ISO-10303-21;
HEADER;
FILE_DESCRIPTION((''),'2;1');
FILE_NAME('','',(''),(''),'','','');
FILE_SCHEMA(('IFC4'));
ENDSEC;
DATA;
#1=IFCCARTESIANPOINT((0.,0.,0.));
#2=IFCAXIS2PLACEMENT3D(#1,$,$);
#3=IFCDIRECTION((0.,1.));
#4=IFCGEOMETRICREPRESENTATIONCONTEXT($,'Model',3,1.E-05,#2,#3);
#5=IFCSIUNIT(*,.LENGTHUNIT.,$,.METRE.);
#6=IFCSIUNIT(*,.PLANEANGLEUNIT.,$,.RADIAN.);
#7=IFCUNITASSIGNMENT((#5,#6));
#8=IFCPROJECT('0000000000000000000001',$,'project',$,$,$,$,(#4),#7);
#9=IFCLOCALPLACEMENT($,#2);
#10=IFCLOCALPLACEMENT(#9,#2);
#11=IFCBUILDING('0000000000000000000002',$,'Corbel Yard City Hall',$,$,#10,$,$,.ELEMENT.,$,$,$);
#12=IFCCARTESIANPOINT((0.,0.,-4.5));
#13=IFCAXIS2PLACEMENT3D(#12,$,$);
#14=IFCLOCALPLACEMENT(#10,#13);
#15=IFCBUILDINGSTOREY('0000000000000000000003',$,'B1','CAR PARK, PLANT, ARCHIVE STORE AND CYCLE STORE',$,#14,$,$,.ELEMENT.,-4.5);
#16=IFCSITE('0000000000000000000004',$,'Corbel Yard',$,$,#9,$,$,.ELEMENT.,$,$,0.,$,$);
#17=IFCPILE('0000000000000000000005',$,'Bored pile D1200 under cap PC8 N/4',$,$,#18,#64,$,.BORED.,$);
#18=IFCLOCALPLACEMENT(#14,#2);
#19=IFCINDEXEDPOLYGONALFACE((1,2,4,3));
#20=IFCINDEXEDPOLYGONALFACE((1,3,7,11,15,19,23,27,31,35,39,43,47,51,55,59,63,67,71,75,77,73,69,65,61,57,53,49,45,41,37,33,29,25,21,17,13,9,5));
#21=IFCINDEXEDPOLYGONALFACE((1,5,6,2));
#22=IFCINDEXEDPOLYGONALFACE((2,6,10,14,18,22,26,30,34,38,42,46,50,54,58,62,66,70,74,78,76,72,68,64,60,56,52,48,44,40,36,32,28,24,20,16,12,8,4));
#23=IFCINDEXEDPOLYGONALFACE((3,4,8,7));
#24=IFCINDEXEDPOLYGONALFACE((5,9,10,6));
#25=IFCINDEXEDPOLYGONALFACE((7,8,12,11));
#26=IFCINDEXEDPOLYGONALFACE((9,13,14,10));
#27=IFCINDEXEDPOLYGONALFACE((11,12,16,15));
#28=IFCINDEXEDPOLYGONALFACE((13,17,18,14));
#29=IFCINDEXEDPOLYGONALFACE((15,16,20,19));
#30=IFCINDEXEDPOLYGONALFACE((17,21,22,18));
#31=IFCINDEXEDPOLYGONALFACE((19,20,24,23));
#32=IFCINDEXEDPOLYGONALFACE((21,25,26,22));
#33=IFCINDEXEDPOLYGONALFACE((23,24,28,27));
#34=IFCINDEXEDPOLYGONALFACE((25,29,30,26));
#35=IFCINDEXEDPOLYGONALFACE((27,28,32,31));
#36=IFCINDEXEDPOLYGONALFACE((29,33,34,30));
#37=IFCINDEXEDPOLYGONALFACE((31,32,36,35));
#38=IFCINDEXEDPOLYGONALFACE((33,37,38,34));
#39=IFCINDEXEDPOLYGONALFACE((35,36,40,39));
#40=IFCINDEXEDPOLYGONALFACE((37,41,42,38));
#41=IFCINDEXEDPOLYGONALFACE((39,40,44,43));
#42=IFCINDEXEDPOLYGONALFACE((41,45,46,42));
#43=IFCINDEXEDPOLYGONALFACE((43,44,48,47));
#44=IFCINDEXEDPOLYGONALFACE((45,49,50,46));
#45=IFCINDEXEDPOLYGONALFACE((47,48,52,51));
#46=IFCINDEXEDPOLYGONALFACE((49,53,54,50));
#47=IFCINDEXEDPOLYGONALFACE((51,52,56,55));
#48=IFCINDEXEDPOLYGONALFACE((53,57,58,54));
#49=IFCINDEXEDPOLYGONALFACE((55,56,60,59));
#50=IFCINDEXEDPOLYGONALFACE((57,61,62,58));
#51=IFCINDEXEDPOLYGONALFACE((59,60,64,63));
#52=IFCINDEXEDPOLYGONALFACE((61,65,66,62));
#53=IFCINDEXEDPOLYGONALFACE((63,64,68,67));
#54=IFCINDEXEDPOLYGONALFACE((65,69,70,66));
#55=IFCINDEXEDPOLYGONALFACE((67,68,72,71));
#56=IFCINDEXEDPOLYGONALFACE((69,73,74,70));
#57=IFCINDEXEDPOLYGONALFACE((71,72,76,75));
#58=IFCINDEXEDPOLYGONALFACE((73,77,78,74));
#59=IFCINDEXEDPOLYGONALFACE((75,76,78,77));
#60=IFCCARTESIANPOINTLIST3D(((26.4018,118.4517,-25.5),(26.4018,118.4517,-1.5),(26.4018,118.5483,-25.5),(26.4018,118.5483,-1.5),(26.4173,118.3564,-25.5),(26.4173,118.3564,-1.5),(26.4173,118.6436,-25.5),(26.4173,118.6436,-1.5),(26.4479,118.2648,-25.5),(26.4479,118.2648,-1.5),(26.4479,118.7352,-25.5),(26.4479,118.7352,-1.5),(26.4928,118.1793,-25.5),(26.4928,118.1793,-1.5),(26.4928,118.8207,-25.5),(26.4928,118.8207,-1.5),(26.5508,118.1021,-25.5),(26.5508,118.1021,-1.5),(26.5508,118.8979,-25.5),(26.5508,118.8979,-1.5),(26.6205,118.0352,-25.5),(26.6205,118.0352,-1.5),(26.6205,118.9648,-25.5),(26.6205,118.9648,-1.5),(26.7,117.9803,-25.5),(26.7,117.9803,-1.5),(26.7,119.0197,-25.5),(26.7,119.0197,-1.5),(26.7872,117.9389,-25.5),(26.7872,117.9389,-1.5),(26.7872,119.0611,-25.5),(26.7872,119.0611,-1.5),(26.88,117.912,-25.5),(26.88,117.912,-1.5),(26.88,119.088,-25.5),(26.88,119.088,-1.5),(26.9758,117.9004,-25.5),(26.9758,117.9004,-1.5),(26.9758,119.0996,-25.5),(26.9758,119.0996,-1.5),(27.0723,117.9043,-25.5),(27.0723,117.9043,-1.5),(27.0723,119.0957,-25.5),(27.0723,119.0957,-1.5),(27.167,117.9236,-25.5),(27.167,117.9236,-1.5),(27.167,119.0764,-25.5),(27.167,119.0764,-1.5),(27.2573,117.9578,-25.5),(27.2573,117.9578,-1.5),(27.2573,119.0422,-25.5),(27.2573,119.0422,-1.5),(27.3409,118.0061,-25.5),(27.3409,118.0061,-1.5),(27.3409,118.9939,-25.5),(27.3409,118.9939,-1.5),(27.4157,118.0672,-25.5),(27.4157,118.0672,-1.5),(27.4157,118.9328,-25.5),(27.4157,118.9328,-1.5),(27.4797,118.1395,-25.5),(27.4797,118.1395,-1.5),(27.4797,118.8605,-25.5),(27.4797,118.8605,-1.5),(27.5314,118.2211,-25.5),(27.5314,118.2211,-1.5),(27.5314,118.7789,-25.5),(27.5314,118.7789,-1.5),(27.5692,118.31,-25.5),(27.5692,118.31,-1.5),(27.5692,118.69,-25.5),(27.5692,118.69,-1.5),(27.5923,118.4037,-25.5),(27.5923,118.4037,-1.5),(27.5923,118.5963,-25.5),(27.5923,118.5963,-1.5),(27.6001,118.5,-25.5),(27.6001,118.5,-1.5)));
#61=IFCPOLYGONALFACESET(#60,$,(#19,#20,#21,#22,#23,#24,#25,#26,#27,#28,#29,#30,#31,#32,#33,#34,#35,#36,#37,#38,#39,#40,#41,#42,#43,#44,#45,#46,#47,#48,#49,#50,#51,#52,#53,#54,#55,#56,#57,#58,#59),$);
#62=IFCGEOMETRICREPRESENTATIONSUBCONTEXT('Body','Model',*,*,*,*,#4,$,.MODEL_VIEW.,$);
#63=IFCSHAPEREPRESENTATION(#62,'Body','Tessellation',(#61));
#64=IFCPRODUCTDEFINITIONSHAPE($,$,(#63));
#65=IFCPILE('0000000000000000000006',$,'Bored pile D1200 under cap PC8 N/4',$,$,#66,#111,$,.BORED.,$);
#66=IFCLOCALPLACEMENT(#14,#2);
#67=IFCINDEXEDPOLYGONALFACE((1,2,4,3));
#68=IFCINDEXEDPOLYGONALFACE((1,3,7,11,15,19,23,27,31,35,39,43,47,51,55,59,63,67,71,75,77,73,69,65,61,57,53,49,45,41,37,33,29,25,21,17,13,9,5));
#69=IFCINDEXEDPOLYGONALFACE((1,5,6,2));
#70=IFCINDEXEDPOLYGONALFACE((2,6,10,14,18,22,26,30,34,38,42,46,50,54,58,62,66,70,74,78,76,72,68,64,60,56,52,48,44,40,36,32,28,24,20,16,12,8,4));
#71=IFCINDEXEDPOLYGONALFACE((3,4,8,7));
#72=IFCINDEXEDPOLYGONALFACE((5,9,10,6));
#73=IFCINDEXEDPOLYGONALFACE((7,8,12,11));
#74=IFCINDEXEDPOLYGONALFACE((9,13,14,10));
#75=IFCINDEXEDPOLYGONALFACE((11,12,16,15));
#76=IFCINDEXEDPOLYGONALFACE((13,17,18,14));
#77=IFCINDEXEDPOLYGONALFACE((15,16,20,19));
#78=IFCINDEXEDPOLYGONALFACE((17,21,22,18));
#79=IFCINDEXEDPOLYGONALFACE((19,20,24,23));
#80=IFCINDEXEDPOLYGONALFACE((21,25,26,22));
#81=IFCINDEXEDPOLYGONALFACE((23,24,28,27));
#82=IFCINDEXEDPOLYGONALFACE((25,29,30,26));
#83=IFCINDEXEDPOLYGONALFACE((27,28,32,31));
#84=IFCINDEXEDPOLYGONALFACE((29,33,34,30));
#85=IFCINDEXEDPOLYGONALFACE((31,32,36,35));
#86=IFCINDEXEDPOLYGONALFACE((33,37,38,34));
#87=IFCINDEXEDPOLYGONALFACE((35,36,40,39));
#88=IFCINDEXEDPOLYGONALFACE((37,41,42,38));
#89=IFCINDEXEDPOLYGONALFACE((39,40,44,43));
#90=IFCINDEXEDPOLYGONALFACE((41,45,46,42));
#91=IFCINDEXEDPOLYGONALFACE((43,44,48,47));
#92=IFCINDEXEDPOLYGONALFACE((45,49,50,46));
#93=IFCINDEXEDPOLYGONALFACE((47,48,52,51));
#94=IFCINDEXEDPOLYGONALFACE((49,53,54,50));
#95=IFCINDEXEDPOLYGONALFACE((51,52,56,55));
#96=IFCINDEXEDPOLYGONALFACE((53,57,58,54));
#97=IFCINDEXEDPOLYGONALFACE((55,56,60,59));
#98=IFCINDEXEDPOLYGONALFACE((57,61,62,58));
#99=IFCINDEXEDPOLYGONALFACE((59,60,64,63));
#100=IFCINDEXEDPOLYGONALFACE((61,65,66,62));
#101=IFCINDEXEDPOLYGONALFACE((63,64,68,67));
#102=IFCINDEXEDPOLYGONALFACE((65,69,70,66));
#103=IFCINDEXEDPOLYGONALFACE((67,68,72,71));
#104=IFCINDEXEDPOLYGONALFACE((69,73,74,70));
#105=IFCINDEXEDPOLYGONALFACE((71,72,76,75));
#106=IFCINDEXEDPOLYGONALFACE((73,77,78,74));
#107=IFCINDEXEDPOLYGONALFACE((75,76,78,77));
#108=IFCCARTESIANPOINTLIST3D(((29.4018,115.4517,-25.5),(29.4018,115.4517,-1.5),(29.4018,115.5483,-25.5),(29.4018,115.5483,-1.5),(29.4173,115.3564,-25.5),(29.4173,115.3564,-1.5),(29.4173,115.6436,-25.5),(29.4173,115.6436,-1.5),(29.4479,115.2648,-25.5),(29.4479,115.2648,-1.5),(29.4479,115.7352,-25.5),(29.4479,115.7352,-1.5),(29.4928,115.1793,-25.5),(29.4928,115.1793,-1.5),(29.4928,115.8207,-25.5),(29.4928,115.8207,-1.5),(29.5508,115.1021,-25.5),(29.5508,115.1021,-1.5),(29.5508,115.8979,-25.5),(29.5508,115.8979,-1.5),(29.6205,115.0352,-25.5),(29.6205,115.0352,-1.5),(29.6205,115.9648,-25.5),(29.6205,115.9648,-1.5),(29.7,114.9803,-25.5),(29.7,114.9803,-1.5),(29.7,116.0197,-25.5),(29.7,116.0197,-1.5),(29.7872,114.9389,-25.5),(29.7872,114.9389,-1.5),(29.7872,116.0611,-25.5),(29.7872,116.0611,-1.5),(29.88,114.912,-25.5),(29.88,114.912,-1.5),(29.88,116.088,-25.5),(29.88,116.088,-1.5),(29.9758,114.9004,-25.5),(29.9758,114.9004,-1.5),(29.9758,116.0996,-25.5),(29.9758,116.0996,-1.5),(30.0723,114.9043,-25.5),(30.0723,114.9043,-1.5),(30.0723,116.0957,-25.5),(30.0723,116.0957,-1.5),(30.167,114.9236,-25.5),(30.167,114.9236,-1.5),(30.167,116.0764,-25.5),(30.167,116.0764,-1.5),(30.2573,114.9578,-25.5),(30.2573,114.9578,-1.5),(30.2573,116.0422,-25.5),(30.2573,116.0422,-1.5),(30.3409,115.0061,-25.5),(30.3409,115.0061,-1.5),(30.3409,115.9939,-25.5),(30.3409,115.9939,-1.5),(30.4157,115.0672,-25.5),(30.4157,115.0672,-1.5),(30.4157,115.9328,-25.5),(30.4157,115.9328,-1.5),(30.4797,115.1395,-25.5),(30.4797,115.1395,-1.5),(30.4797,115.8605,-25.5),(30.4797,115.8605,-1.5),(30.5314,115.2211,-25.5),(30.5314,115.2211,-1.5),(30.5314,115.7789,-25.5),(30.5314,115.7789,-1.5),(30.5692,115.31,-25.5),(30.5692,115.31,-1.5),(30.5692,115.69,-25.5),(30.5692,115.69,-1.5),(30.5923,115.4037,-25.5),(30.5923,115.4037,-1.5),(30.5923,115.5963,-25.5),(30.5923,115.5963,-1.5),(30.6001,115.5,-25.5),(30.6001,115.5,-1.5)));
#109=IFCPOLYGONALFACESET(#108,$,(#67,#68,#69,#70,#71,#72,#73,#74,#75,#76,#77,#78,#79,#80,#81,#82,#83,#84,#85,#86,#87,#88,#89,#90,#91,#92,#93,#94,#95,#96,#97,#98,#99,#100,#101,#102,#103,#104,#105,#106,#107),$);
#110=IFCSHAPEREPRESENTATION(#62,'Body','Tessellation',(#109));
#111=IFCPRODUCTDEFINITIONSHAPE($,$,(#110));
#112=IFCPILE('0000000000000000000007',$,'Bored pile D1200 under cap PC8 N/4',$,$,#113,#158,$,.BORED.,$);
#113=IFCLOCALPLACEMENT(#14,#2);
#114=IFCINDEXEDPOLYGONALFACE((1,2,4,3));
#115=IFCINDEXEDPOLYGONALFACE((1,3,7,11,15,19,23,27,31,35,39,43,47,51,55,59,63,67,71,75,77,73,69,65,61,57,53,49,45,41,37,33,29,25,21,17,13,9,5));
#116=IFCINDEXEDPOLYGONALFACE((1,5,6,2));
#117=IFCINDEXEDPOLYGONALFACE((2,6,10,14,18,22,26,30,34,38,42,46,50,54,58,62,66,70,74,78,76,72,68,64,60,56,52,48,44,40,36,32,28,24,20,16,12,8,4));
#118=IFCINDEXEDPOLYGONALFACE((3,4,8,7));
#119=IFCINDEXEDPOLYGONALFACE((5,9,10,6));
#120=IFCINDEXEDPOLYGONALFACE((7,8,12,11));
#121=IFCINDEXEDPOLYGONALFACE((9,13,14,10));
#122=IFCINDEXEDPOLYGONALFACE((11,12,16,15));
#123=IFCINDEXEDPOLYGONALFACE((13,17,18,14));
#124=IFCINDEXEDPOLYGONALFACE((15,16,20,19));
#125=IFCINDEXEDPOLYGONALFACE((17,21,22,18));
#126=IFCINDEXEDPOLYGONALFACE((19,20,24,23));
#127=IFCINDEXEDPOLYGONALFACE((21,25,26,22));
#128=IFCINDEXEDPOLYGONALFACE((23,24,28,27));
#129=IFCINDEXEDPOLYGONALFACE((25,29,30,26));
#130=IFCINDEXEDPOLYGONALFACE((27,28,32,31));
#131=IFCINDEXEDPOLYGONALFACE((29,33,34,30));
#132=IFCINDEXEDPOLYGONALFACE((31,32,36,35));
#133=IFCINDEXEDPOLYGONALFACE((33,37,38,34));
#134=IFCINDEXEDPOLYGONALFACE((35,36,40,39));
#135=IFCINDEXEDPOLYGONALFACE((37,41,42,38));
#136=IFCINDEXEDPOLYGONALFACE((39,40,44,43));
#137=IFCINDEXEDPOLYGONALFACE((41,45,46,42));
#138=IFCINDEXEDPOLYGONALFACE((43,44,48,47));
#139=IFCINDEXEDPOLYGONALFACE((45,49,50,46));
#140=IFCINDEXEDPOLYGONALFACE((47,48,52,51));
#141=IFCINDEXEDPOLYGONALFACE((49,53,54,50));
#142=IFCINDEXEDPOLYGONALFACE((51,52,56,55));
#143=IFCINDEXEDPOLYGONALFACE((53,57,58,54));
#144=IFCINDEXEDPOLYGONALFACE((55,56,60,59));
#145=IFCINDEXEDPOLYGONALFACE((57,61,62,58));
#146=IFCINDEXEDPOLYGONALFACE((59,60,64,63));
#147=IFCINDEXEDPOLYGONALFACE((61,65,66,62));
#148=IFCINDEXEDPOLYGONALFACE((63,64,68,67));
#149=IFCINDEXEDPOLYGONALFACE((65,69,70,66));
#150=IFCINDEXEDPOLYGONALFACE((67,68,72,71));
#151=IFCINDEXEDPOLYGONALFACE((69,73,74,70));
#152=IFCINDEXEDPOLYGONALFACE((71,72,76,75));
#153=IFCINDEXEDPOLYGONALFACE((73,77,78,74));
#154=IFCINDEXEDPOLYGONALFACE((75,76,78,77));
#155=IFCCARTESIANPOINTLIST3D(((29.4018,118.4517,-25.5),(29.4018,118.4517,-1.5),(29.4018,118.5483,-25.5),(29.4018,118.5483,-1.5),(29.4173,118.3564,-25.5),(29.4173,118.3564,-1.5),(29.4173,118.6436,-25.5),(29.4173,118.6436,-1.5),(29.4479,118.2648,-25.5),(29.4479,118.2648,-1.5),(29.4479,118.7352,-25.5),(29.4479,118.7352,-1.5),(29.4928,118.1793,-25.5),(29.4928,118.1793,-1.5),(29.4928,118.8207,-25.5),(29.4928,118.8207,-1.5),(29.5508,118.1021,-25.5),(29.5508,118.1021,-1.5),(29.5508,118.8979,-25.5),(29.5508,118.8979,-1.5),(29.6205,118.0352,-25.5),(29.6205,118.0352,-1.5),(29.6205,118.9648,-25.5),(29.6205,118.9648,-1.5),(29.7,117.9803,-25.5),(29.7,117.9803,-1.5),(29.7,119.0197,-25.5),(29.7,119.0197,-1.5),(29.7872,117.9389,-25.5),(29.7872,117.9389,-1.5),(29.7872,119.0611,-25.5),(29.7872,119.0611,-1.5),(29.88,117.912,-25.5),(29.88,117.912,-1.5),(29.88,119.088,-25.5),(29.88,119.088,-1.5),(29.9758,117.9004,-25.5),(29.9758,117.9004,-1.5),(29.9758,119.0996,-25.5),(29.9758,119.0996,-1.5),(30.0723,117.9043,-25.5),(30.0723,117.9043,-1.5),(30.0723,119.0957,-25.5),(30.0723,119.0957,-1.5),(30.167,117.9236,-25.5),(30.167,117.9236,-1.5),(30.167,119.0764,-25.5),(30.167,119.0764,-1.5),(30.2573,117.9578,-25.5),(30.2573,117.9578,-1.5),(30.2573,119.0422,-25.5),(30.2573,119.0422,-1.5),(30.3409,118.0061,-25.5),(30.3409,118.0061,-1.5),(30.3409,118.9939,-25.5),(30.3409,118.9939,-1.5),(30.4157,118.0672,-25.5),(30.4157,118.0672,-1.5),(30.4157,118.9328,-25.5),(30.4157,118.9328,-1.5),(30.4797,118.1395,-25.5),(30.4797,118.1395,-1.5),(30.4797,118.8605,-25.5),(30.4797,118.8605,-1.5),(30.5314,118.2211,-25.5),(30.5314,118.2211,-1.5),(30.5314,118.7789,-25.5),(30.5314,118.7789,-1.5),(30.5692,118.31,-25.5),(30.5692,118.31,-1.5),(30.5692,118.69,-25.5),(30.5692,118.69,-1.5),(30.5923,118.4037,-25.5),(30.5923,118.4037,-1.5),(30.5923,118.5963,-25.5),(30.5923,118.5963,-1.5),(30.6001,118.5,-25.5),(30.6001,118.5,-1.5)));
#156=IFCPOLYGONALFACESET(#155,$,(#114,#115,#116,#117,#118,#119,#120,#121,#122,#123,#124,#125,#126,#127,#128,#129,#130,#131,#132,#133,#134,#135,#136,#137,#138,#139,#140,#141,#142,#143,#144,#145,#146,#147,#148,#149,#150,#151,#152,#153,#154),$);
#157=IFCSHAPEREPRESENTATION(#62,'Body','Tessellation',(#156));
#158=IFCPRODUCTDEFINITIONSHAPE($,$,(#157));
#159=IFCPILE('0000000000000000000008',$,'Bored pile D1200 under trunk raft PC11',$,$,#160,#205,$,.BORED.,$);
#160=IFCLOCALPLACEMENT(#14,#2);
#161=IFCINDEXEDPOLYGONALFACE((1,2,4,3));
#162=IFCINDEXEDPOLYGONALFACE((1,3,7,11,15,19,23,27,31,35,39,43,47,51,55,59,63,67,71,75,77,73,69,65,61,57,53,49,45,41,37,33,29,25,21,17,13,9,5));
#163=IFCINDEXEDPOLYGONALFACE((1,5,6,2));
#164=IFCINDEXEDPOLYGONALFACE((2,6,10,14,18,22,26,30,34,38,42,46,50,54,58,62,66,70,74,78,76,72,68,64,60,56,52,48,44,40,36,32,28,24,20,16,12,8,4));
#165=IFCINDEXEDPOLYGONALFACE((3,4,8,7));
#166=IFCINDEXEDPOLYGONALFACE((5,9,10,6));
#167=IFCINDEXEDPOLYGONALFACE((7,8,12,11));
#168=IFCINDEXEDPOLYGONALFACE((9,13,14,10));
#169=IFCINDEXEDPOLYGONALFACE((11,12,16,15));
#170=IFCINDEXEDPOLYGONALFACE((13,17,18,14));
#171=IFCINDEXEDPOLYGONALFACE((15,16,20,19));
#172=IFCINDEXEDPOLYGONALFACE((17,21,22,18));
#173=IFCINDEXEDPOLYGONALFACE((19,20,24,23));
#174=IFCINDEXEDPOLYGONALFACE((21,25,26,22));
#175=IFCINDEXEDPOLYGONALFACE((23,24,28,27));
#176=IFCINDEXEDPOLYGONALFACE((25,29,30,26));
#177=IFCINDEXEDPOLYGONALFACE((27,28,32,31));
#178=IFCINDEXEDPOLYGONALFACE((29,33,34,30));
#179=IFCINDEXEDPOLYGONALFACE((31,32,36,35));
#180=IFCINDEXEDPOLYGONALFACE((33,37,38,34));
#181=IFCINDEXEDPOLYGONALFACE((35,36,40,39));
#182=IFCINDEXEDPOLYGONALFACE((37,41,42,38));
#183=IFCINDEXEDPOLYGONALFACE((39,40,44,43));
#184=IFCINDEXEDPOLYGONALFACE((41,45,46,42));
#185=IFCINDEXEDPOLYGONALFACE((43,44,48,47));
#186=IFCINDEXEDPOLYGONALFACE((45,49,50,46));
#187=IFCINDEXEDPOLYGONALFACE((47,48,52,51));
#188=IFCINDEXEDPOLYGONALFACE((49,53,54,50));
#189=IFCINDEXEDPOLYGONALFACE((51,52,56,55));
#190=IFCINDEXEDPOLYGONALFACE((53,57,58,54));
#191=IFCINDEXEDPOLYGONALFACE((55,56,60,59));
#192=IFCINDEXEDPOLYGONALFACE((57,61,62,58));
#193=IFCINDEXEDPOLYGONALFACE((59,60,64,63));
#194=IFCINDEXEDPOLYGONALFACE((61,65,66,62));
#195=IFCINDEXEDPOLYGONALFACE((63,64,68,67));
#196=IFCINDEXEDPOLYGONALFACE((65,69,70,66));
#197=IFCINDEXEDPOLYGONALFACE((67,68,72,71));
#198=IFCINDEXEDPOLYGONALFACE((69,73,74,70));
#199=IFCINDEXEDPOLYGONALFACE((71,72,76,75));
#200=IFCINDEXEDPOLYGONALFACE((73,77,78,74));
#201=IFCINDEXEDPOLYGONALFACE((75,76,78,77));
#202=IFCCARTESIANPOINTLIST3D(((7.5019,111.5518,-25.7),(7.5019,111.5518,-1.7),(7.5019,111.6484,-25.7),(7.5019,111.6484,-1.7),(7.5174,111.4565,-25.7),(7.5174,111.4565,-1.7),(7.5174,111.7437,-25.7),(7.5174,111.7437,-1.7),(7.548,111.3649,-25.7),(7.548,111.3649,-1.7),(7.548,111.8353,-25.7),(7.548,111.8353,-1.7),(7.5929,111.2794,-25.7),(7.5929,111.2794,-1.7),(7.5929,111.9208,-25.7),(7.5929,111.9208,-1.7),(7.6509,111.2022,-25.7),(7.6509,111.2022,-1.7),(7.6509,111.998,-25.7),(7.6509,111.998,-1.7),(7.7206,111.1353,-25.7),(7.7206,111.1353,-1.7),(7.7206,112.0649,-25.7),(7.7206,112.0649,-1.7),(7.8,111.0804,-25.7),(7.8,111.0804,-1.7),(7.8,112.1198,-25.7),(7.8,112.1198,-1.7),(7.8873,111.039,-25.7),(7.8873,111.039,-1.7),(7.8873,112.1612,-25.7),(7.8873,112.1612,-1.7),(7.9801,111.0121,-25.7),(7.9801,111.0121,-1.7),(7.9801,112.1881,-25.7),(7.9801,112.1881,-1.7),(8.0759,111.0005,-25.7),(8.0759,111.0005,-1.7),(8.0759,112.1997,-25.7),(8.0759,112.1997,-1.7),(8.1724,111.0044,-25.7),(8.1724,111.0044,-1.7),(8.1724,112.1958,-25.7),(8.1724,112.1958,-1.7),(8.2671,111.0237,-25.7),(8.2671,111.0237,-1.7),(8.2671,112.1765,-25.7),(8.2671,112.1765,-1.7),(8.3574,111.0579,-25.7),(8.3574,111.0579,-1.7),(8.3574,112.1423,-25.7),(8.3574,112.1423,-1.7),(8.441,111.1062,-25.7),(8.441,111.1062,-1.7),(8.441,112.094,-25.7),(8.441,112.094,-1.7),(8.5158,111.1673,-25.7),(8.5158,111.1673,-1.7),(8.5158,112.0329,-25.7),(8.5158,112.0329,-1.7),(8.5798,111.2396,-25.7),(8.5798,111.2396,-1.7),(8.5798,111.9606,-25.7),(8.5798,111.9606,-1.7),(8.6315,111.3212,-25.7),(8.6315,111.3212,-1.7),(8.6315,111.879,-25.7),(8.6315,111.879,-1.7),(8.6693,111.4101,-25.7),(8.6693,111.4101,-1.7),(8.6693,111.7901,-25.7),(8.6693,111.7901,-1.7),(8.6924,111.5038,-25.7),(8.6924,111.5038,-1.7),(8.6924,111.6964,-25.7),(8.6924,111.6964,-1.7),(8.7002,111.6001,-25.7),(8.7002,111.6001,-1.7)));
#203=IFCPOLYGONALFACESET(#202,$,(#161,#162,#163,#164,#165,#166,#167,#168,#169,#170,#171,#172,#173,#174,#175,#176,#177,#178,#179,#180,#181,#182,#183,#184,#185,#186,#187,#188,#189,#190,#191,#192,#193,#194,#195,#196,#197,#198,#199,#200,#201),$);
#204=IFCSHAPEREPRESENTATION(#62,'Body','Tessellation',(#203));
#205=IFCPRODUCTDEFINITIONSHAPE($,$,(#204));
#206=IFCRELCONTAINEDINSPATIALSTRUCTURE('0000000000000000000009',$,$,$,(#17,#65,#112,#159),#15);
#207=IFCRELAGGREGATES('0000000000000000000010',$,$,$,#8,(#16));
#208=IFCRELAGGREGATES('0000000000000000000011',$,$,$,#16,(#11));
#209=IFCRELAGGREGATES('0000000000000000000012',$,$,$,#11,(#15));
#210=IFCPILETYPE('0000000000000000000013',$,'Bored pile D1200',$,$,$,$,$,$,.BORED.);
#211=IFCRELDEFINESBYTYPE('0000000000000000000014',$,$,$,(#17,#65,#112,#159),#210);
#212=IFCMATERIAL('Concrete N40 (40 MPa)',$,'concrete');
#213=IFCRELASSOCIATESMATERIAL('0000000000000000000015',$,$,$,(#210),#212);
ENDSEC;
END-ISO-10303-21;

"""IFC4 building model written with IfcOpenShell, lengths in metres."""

from ifc_helpers import new_model, si_unit, direction, frame, origin, origin_2d, place, context, subcontext, project, spatial, circle, extrude, material, material_profile, profile_set, type_object, element, save


model = new_model("IFC4")

# Units and contexts
model_context = context("Model", 3, precision=1e-05, world=origin(), true_north=direction((0.0, 1.0)))
body_context = subcontext(model_context, "Body", "Model", "MODEL_VIEW")
ifc_project = project(units=[si_unit("LENGTHUNIT", "METRE"), si_unit("PLANEANGLEUNIT", "RADIAN")], contexts=[model_context])

# Site, building, storey
site_placement = place(None, origin())
site = spatial("IfcSite", under=ifc_project, at=site_placement, Name="Corbel Yard", CompositionType="ELEMENT", RefElevation=0.0)
building_placement = place(site_placement, origin())
building = spatial("IfcBuilding", under=site, at=building_placement, Name="Corbel Yard City Hall", CompositionType="ELEMENT")
storey_placement = place(building_placement, frame((0.0, 0.0, -4.5)))
storey = spatial("IfcBuildingStorey", under=building, at=storey_placement, Name="B1", Description="CAR PARK, PLANT, ARCHIVE STORE AND CYCLE STORE", CompositionType="ELEMENT", Elevation=-4.5)

# Piles
ifc_material_1 = material(Name="Concrete N40 (40 MPa)", Category="concrete")
ifc_material_profile = material_profile(ifc_material_1, circle(Radius=0.6001, at=origin_2d()), Name="D1200")
ifc_profile_set = profile_set([ifc_material_profile], Name="Concrete N40 (40 MPa)")
pile_type = type_object("IfcPileType", Name="Bored pile D1200", PredefinedType="BORED", material=ifc_profile_set)
for number, where, z_axis, x_axis, name in (
    (1, (27.0, 118.5, -1.5), (0.0, 0.0, -1.0), (1.0, 0.0, 0.0), "Bored pile D1200 under cap PC8 N/4"),
    (2, (30.0, 115.5, -1.5), (0.0, 0.0, -1.0), (1.0, 0.0, 0.0), "Bored pile D1200 under cap PC8 N/4"),
    (3, (30.0, 118.5, -1.5), (0.0, 0.0, -1.0), (1.0, 0.0, 0.0), "Bored pile D1200 under cap PC8 N/4"),
    (4, (8.1001, 111.6001, -1.7), (0.0, 0.0, -1.0), (1.0, 0.0, 0.0), "Bored pile D1200 under trunk raft PC11"),
):
    element("IfcPile", number, at=place(storey_placement, frame(where, z_axis=z_axis, x_axis=x_axis)), inside=storey, type_object=pile_type, Name=name, PredefinedType="BORED", context=body_context, shape_type="SweptSolid", body=[
        extrude(circle(Radius=0.6001, at=origin_2d()), origin(), (0.0, 0.0, 1.0), 24.0),
    ])

save(model, "model.ifc")
